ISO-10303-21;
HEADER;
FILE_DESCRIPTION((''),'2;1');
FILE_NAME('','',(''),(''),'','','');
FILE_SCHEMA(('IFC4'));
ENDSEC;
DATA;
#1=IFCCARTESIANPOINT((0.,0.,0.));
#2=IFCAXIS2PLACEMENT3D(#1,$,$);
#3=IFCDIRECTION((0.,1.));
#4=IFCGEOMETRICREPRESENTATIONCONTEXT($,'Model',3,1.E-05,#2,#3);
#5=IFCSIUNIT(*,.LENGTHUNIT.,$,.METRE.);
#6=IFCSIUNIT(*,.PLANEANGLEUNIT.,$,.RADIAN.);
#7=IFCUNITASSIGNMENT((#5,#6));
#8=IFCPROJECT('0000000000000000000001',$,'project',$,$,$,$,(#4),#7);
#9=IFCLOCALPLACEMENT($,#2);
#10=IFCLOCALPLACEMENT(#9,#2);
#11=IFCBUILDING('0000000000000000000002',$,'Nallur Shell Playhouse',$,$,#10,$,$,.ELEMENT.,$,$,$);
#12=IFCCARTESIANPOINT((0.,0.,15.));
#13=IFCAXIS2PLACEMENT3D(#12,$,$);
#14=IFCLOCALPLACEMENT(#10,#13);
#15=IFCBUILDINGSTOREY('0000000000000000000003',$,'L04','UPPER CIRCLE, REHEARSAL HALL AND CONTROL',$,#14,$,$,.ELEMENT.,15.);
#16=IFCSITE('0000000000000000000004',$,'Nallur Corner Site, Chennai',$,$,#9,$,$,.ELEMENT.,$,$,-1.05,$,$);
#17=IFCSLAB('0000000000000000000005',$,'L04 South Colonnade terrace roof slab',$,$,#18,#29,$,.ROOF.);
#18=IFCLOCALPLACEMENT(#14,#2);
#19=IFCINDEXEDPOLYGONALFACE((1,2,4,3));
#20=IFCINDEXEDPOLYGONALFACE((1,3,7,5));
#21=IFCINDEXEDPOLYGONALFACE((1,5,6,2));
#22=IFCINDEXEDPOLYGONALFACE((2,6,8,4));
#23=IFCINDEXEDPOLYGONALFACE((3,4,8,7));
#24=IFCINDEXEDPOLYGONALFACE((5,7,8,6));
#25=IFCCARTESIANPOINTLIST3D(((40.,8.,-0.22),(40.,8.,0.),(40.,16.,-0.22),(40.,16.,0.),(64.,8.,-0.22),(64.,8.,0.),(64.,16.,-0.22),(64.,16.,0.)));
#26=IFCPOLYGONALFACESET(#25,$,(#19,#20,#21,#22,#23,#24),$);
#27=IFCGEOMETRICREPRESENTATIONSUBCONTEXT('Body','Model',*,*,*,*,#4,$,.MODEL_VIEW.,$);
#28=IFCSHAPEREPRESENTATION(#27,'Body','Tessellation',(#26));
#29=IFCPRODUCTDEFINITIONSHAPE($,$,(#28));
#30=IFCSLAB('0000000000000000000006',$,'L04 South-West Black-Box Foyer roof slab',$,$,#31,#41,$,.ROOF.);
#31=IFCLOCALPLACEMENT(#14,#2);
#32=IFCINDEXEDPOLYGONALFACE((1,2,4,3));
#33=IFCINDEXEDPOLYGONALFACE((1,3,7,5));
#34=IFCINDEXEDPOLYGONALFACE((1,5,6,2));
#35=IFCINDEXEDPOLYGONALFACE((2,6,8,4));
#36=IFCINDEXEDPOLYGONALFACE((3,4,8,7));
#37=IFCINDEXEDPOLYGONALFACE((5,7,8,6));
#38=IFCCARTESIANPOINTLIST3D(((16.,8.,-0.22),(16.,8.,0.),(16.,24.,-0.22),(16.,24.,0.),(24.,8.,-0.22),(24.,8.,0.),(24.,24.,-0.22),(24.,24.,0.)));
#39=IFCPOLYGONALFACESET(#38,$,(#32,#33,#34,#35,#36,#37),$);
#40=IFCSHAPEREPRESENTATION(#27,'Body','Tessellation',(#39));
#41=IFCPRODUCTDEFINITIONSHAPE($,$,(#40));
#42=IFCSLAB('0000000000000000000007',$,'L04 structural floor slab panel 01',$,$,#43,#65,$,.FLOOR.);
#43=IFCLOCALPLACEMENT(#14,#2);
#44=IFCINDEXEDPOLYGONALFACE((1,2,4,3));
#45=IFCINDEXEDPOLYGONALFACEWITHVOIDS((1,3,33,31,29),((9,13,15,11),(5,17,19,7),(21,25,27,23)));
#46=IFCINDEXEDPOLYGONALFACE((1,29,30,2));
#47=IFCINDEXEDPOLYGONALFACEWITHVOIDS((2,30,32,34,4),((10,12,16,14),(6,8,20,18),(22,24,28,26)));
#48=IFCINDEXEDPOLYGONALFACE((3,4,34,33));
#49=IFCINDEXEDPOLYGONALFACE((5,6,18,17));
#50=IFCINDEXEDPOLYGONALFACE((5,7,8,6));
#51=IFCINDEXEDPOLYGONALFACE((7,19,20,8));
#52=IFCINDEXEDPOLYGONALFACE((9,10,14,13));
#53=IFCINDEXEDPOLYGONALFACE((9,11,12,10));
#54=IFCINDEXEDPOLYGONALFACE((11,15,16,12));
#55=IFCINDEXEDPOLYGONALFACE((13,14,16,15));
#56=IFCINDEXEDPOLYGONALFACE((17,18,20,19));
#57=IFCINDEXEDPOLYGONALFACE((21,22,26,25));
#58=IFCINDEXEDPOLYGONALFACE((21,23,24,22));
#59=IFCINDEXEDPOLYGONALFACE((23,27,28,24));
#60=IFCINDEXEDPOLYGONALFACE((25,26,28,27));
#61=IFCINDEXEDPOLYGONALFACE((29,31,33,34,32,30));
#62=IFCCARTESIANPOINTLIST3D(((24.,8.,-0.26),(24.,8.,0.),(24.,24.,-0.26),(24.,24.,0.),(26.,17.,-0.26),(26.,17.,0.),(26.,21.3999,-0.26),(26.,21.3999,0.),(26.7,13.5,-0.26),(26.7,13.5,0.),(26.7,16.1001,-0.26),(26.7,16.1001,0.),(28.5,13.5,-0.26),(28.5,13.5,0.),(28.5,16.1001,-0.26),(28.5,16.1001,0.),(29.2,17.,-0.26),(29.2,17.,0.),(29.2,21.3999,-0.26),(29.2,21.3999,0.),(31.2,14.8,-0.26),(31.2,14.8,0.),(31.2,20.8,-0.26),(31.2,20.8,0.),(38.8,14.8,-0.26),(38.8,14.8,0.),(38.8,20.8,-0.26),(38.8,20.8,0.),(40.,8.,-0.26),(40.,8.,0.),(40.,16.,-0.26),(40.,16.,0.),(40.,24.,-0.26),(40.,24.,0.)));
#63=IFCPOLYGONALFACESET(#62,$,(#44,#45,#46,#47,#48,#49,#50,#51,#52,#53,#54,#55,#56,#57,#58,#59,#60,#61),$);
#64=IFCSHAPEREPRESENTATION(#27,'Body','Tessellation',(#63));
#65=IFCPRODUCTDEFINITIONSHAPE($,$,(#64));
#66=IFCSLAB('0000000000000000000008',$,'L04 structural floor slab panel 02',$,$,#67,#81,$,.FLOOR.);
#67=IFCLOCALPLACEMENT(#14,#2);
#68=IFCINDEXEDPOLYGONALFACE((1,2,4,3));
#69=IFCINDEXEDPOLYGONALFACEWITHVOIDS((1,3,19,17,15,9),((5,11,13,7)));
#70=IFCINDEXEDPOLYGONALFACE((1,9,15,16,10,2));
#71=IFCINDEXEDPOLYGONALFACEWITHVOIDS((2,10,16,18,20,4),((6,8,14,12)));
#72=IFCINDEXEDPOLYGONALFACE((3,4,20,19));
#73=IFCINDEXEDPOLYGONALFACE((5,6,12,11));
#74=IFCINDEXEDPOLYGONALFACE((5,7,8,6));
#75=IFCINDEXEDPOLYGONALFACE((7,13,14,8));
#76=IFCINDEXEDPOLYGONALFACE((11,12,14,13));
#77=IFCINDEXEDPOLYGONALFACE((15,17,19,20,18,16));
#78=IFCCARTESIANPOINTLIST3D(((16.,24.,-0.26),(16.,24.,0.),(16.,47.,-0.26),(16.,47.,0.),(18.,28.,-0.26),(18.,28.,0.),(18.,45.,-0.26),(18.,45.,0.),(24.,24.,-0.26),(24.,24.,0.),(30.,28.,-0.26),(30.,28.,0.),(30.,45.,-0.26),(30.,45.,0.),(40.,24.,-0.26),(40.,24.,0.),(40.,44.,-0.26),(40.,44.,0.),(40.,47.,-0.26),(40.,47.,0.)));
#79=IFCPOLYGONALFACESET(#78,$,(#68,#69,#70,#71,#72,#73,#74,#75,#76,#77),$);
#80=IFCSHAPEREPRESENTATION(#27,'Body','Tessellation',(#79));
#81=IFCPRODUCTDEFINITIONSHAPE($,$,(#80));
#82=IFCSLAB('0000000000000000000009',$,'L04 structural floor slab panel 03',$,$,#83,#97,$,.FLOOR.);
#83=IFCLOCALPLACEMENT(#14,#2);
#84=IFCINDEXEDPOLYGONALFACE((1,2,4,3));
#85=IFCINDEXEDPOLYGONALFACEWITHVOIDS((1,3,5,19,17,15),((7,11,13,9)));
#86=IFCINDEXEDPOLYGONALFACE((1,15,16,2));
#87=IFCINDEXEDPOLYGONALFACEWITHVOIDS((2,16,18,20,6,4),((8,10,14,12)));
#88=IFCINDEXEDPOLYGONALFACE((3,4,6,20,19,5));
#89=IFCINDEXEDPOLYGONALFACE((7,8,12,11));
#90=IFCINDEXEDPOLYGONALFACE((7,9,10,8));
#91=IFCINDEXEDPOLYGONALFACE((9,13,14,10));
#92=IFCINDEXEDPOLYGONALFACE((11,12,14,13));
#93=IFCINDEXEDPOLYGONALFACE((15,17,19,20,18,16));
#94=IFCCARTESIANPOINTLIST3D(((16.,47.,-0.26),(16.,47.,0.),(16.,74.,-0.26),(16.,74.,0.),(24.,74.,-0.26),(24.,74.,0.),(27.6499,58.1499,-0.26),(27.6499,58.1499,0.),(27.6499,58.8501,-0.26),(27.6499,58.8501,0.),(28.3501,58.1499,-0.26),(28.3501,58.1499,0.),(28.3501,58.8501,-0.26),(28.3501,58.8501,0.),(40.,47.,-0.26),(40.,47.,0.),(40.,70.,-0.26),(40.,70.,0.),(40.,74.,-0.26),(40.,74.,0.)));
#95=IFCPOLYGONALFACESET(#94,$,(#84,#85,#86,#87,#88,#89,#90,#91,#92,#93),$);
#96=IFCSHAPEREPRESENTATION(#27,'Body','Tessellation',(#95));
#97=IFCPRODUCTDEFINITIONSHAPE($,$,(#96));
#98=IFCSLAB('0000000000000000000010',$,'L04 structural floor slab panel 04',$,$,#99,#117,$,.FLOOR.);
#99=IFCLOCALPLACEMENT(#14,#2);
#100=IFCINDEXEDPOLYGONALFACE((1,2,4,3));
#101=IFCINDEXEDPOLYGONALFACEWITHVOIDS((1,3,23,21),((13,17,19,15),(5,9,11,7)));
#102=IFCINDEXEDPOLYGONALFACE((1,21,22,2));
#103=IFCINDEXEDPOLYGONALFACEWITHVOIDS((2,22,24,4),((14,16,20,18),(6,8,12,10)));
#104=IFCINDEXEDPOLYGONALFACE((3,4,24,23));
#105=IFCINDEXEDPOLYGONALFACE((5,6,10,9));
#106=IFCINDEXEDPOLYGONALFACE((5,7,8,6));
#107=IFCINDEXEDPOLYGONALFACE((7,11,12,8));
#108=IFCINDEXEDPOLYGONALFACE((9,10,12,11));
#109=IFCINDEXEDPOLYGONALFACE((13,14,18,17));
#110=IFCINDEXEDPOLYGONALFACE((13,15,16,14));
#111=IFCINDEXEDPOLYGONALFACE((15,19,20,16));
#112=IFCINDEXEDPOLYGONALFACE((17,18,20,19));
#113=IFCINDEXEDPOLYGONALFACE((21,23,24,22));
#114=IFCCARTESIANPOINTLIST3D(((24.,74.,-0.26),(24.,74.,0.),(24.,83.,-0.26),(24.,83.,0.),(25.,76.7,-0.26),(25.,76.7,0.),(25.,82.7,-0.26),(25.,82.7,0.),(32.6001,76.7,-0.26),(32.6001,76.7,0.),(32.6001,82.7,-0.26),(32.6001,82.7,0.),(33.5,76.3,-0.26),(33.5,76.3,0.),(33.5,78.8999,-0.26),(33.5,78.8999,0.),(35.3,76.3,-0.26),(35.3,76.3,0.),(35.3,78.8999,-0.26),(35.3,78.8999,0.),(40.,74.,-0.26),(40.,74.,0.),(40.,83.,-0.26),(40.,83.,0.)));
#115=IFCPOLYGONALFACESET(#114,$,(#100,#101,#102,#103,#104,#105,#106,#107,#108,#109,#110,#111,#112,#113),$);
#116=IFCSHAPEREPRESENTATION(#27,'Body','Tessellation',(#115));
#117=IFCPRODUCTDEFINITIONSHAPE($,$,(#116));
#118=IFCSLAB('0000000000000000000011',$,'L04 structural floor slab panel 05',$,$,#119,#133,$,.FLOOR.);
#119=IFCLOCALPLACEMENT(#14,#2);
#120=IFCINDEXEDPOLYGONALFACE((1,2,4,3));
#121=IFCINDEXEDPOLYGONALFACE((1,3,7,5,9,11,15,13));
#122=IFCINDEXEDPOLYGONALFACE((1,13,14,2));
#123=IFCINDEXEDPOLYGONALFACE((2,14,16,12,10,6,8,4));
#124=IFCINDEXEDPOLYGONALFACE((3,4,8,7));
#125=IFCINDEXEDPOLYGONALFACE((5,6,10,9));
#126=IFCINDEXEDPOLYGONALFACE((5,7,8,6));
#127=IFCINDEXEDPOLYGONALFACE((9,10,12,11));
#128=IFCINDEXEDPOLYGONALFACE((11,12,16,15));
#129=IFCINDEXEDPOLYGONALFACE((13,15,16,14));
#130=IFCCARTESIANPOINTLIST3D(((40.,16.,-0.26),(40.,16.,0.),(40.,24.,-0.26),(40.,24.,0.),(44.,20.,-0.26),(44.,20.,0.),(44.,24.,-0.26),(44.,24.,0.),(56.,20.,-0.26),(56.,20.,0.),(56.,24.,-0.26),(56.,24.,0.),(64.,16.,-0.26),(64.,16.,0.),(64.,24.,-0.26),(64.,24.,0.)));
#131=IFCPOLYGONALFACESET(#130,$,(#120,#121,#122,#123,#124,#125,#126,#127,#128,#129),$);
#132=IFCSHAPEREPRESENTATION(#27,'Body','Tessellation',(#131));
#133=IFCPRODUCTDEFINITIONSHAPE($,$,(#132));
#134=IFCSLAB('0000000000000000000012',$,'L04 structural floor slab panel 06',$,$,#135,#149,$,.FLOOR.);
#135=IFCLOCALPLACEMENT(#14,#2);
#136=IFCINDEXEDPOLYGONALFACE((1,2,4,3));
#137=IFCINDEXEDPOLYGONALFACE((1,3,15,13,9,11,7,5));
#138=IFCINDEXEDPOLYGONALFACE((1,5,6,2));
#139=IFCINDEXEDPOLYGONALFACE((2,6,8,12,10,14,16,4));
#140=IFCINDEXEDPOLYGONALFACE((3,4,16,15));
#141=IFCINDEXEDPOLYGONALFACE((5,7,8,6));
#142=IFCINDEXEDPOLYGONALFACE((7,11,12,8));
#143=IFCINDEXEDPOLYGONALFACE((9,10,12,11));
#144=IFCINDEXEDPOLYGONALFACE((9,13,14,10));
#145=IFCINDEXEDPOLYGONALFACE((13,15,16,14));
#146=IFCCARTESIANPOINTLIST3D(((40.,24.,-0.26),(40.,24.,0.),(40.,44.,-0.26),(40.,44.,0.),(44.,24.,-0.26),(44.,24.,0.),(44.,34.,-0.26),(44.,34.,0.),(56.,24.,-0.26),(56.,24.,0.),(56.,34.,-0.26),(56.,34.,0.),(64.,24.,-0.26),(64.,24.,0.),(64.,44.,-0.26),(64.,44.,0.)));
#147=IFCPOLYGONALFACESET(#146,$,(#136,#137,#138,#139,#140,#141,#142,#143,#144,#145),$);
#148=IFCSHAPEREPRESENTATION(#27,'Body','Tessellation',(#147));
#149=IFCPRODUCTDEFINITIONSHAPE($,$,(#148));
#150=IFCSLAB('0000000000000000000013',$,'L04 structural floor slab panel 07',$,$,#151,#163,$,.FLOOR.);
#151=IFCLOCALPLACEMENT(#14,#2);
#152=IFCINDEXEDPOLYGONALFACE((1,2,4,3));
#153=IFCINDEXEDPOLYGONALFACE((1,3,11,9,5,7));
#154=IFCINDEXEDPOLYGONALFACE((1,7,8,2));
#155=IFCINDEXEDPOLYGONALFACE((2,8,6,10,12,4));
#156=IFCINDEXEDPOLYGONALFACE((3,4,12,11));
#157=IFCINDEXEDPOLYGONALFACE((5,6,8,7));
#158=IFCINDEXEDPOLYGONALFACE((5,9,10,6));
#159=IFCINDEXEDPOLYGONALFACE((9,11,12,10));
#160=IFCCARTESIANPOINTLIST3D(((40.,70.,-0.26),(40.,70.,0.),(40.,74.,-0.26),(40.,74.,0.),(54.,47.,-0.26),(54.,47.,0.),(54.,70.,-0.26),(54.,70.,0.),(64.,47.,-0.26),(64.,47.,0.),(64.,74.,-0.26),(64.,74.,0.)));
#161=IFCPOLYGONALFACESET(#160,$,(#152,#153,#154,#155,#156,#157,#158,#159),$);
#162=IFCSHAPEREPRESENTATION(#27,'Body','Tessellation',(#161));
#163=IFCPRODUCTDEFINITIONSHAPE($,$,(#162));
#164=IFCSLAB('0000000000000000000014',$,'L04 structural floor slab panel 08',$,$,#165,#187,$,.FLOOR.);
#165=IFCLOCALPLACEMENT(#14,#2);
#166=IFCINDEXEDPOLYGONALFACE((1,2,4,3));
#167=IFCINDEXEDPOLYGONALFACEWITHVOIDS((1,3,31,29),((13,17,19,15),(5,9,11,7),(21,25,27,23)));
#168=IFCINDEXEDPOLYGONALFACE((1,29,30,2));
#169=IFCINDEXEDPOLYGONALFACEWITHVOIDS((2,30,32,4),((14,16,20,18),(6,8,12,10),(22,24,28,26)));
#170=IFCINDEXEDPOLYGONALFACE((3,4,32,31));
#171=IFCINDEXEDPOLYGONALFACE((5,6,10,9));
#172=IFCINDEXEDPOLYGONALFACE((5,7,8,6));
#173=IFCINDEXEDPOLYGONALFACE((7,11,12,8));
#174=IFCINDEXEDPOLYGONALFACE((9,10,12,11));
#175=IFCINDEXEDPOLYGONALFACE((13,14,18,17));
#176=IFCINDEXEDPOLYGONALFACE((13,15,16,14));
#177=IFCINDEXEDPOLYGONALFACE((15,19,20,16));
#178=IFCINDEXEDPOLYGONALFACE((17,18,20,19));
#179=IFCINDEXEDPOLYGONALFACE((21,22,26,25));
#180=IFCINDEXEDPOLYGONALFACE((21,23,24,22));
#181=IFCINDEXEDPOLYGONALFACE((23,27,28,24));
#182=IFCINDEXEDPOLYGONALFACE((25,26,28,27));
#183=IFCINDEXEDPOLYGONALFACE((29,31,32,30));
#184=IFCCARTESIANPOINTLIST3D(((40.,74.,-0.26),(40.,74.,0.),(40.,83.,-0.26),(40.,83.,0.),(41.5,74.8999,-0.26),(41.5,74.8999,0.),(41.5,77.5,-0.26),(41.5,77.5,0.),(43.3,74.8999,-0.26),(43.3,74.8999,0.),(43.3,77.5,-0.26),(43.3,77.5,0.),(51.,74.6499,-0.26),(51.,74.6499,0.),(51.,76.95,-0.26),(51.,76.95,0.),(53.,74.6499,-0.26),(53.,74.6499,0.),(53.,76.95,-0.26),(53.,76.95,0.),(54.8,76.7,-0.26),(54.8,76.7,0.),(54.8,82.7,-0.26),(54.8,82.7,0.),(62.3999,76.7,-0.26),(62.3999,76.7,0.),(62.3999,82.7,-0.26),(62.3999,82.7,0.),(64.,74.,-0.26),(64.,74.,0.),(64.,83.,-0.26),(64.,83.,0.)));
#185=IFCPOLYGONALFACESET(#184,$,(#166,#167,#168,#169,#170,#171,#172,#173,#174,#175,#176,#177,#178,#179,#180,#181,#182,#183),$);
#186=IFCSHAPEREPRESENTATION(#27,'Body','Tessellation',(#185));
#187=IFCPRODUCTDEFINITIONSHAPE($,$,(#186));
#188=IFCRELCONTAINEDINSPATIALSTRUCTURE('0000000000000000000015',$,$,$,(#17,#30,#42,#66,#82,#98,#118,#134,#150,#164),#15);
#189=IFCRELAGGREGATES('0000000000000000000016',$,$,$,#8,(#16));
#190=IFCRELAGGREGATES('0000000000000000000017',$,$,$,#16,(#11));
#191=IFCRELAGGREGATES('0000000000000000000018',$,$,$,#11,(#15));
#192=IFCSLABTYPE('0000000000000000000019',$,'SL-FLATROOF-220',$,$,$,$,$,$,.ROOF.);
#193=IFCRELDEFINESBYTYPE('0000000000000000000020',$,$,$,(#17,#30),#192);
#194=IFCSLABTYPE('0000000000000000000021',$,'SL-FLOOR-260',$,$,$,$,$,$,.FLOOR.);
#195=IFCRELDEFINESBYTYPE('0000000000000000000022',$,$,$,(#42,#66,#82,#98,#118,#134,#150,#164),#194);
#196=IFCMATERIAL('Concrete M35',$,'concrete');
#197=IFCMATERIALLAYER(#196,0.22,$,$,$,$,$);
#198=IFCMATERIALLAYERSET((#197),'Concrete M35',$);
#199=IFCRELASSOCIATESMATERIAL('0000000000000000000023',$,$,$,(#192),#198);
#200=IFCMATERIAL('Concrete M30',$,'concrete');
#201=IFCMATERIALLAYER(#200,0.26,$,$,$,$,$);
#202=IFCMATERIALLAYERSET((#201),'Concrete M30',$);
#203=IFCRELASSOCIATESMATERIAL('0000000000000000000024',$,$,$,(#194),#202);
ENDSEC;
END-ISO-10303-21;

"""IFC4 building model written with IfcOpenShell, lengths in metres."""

from ifc_helpers import new_model, si_unit, direction, frame, origin, place, context, subcontext, project, spatial, polyline, outline, extrude, material, layer, layer_set, type_object, element, save


model = new_model("IFC4")

# Units and contexts
model_context = context("Model", 3, precision=1e-05, world=origin(), true_north=direction((0.0, 1.0)))
body_context = subcontext(model_context, "Body", "Model", "MODEL_VIEW")
ifc_project = project(units=[si_unit("LENGTHUNIT", "METRE"), si_unit("PLANEANGLEUNIT", "RADIAN")], contexts=[model_context])

# Site, building, storey
site_placement = place(None, origin())
site = spatial("IfcSite", under=ifc_project, at=site_placement, Name="Nallur Corner Site, Chennai", CompositionType="ELEMENT", RefElevation=-1.05)
building_placement = place(site_placement, origin())
building = spatial("IfcBuilding", under=site, at=building_placement, Name="Nallur Shell Playhouse", CompositionType="ELEMENT")
storey_placement = place(building_placement, frame((0.0, 0.0, 15.0)))
storey = spatial("IfcBuildingStorey", under=building, at=storey_placement, Name="L04", Description="UPPER CIRCLE, REHEARSAL HALL AND CONTROL", CompositionType="ELEMENT", Elevation=15.0)

# Slabs
ifc_material_1 = material(Name="Concrete M35", Category="concrete")
ifc_layer_1 = layer(ifc_material_1, 0.22)
ifc_layer_set_1 = layer_set([ifc_layer_1], Name="Concrete M35")
slab_type_1 = type_object("IfcSlabType", Name="SL-FLATROOF-220", PredefinedType="ROOF", material=ifc_layer_set_1)
slab_1_placement = place(storey_placement, frame((0.0, 0.0, -0.22)))
element("IfcSlab", 1, at=slab_1_placement, inside=storey, type_object=slab_type_1, Name="L04 South Colonnade terrace roof slab", PredefinedType="ROOF", context=body_context, shape_type="SweptSolid", body=[
    extrude(outline(polyline([(40.0, 8.0), (40.0, 16.0), (64.0, 16.0), (64.0, 8.0), (40.0, 8.0)])), origin(), (0.0, 0.0, 1.0), 0.22),
])
slab_2_placement = place(storey_placement, frame((0.0, 0.0, -0.22)))
element("IfcSlab", 2, at=slab_2_placement, inside=storey, type_object=slab_type_1, Name="L04 South-West Black-Box Foyer roof slab", PredefinedType="ROOF", context=body_context, shape_type="SweptSolid", body=[
    extrude(outline(polyline([(16.0, 8.0), (16.0, 24.0), (24.0, 24.0), (24.0, 8.0), (16.0, 8.0)])), origin(), (0.0, 0.0, 1.0), 0.22),
])
ifc_material_2 = material(Name="Concrete M30", Category="concrete")
ifc_layer_2 = layer(ifc_material_2, 0.26)
ifc_layer_set_2 = layer_set([ifc_layer_2], Name="Concrete M30")
slab_type_2 = type_object("IfcSlabType", Name="SL-FLOOR-260", PredefinedType="FLOOR", material=ifc_layer_set_2)
slab_3_placement = place(storey_placement, frame((0.0, 0.0, -0.26)))
element("IfcSlab", 3, at=slab_3_placement, inside=storey, type_object=slab_type_2, Name="L04 structural floor slab panel 01", PredefinedType="FLOOR", context=body_context, shape_type="SweptSolid", body=[
    extrude(outline(polyline([(40.0, 8.0), (24.0, 8.0), (24.0, 24.0), (40.0, 24.0), (40.0, 16.0), (40.0, 8.0)]), holes=[polyline([(26.7, 16.1001), (26.7, 13.5), (28.5, 13.5), (28.5, 16.1001), (26.7, 16.1001)]), polyline([(38.8, 14.8), (38.8, 20.8), (31.2, 20.8), (31.2, 14.8), (38.8, 14.8)]), polyline([(29.2, 21.3999), (26.0, 21.3999), (26.0, 17.0), (29.2, 17.0), (29.2, 21.3999)])]), origin(), (0.0, 0.0, 1.0), 0.26),
])
slab_4_placement = place(storey_placement, frame((0.0, 0.0, -0.26)))
element("IfcSlab", 4, at=slab_4_placement, inside=storey, type_object=slab_type_2, Name="L04 structural floor slab panel 02", PredefinedType="FLOOR", context=body_context, shape_type="SweptSolid", body=[
    extrude(outline(polyline([(16.0, 47.0), (40.0, 47.0), (40.0, 44.0), (40.0, 24.0), (24.0, 24.0), (16.0, 24.0), (16.0, 47.0)]), holes=[polyline([(30.0, 45.0), (18.0, 45.0), (18.0, 28.0), (30.0, 28.0), (30.0, 45.0)])]), origin(), (0.0, 0.0, 1.0), 0.26),
])
slab_5_placement = place(storey_placement, frame((0.0, 0.0, -0.26)))
element("IfcSlab", 5, at=slab_5_placement, inside=storey, type_object=slab_type_2, Name="L04 structural floor slab panel 03", PredefinedType="FLOOR", context=body_context, shape_type="SweptSolid", body=[
    extrude(outline(polyline([(16.0, 74.0), (24.0, 74.0), (40.0, 74.0), (40.0, 70.0), (40.0, 47.0), (16.0, 47.0), (16.0, 74.0)]), holes=[polyline([(27.6499, 58.1499), (28.3501, 58.1499), (28.3501, 58.8501), (27.6499, 58.8501), (27.6499, 58.1499)])]), origin(), (0.0, 0.0, 1.0), 0.26),
])
slab_6_placement = place(storey_placement, frame((0.0, 0.0, -0.26)))
element("IfcSlab", 6, at=slab_6_placement, inside=storey, type_object=slab_type_2, Name="L04 structural floor slab panel 04", PredefinedType="FLOOR", context=body_context, shape_type="SweptSolid", body=[
    extrude(outline(polyline([(24.0, 83.0), (40.0, 83.0), (40.0, 74.0), (24.0, 74.0), (24.0, 83.0)]), holes=[polyline([(35.3, 78.8999), (33.5, 78.8999), (33.5, 76.3), (35.3, 76.3), (35.3, 78.8999)]), polyline([(32.6001, 82.7), (25.0, 82.7), (25.0, 76.7), (32.6001, 76.7), (32.6001, 82.7)])]), origin(), (0.0, 0.0, 1.0), 0.26),
])
slab_7_placement = place(storey_placement, frame((0.0, 0.0, -0.26)))
element("IfcSlab", 7, at=slab_7_placement, inside=storey, type_object=slab_type_2, Name="L04 structural floor slab panel 05", PredefinedType="FLOOR", context=body_context, shape_type="SweptSolid", body=[
    extrude(outline(polyline([(40.0, 16.0), (40.0, 24.0), (44.0, 24.0), (44.0, 20.0), (56.0, 20.0), (56.0, 24.0), (64.0, 24.0), (64.0, 16.0), (40.0, 16.0)])), origin(), (0.0, 0.0, 1.0), 0.26),
])
slab_8_placement = place(storey_placement, frame((0.0, 0.0, -0.26)))
element("IfcSlab", 8, at=slab_8_placement, inside=storey, type_object=slab_type_2, Name="L04 structural floor slab panel 06", PredefinedType="FLOOR", context=body_context, shape_type="SweptSolid", body=[
    extrude(outline(polyline([(64.0, 44.0), (64.0, 24.0), (56.0, 24.0), (56.0, 34.0), (44.0, 34.0), (44.0, 24.0), (40.0, 24.0), (40.0, 44.0), (64.0, 44.0)])), origin(), (0.0, 0.0, 1.0), 0.26),
])
slab_9_placement = place(storey_placement, frame((0.0, 0.0, -0.26)))
element("IfcSlab", 9, at=slab_9_placement, inside=storey, type_object=slab_type_2, Name="L04 structural floor slab panel 07", PredefinedType="FLOOR", context=body_context, shape_type="SweptSolid", body=[
    extrude(outline(polyline([(54.0, 70.0), (40.0, 70.0), (40.0, 74.0), (64.0, 74.0), (64.0, 47.0), (54.0, 47.0), (54.0, 70.0)])), origin(), (0.0, 0.0, 1.0), 0.26),
])
slab_10_placement = place(storey_placement, frame((0.0, 0.0, -0.26)))
element("IfcSlab", 10, at=slab_10_placement, inside=storey, type_object=slab_type_2, Name="L04 structural floor slab panel 08", PredefinedType="FLOOR", context=body_context, shape_type="SweptSolid", body=[
    extrude(outline(polyline([(64.0, 83.0), (64.0, 74.0), (40.0, 74.0), (40.0, 83.0), (64.0, 83.0)]), holes=[polyline([(51.0, 76.95), (51.0, 74.6499), (53.0, 74.6499), (53.0, 76.95), (51.0, 76.95)]), polyline([(43.3, 77.5), (41.5, 77.5), (41.5, 74.8999), (43.3, 74.8999), (43.3, 77.5)]), polyline([(62.3999, 76.7), (62.3999, 82.7), (54.8, 82.7), (54.8, 76.7), (62.3999, 76.7)])]), origin(), (0.0, 0.0, 1.0), 0.26),
])

save(model, "model.ifc")
